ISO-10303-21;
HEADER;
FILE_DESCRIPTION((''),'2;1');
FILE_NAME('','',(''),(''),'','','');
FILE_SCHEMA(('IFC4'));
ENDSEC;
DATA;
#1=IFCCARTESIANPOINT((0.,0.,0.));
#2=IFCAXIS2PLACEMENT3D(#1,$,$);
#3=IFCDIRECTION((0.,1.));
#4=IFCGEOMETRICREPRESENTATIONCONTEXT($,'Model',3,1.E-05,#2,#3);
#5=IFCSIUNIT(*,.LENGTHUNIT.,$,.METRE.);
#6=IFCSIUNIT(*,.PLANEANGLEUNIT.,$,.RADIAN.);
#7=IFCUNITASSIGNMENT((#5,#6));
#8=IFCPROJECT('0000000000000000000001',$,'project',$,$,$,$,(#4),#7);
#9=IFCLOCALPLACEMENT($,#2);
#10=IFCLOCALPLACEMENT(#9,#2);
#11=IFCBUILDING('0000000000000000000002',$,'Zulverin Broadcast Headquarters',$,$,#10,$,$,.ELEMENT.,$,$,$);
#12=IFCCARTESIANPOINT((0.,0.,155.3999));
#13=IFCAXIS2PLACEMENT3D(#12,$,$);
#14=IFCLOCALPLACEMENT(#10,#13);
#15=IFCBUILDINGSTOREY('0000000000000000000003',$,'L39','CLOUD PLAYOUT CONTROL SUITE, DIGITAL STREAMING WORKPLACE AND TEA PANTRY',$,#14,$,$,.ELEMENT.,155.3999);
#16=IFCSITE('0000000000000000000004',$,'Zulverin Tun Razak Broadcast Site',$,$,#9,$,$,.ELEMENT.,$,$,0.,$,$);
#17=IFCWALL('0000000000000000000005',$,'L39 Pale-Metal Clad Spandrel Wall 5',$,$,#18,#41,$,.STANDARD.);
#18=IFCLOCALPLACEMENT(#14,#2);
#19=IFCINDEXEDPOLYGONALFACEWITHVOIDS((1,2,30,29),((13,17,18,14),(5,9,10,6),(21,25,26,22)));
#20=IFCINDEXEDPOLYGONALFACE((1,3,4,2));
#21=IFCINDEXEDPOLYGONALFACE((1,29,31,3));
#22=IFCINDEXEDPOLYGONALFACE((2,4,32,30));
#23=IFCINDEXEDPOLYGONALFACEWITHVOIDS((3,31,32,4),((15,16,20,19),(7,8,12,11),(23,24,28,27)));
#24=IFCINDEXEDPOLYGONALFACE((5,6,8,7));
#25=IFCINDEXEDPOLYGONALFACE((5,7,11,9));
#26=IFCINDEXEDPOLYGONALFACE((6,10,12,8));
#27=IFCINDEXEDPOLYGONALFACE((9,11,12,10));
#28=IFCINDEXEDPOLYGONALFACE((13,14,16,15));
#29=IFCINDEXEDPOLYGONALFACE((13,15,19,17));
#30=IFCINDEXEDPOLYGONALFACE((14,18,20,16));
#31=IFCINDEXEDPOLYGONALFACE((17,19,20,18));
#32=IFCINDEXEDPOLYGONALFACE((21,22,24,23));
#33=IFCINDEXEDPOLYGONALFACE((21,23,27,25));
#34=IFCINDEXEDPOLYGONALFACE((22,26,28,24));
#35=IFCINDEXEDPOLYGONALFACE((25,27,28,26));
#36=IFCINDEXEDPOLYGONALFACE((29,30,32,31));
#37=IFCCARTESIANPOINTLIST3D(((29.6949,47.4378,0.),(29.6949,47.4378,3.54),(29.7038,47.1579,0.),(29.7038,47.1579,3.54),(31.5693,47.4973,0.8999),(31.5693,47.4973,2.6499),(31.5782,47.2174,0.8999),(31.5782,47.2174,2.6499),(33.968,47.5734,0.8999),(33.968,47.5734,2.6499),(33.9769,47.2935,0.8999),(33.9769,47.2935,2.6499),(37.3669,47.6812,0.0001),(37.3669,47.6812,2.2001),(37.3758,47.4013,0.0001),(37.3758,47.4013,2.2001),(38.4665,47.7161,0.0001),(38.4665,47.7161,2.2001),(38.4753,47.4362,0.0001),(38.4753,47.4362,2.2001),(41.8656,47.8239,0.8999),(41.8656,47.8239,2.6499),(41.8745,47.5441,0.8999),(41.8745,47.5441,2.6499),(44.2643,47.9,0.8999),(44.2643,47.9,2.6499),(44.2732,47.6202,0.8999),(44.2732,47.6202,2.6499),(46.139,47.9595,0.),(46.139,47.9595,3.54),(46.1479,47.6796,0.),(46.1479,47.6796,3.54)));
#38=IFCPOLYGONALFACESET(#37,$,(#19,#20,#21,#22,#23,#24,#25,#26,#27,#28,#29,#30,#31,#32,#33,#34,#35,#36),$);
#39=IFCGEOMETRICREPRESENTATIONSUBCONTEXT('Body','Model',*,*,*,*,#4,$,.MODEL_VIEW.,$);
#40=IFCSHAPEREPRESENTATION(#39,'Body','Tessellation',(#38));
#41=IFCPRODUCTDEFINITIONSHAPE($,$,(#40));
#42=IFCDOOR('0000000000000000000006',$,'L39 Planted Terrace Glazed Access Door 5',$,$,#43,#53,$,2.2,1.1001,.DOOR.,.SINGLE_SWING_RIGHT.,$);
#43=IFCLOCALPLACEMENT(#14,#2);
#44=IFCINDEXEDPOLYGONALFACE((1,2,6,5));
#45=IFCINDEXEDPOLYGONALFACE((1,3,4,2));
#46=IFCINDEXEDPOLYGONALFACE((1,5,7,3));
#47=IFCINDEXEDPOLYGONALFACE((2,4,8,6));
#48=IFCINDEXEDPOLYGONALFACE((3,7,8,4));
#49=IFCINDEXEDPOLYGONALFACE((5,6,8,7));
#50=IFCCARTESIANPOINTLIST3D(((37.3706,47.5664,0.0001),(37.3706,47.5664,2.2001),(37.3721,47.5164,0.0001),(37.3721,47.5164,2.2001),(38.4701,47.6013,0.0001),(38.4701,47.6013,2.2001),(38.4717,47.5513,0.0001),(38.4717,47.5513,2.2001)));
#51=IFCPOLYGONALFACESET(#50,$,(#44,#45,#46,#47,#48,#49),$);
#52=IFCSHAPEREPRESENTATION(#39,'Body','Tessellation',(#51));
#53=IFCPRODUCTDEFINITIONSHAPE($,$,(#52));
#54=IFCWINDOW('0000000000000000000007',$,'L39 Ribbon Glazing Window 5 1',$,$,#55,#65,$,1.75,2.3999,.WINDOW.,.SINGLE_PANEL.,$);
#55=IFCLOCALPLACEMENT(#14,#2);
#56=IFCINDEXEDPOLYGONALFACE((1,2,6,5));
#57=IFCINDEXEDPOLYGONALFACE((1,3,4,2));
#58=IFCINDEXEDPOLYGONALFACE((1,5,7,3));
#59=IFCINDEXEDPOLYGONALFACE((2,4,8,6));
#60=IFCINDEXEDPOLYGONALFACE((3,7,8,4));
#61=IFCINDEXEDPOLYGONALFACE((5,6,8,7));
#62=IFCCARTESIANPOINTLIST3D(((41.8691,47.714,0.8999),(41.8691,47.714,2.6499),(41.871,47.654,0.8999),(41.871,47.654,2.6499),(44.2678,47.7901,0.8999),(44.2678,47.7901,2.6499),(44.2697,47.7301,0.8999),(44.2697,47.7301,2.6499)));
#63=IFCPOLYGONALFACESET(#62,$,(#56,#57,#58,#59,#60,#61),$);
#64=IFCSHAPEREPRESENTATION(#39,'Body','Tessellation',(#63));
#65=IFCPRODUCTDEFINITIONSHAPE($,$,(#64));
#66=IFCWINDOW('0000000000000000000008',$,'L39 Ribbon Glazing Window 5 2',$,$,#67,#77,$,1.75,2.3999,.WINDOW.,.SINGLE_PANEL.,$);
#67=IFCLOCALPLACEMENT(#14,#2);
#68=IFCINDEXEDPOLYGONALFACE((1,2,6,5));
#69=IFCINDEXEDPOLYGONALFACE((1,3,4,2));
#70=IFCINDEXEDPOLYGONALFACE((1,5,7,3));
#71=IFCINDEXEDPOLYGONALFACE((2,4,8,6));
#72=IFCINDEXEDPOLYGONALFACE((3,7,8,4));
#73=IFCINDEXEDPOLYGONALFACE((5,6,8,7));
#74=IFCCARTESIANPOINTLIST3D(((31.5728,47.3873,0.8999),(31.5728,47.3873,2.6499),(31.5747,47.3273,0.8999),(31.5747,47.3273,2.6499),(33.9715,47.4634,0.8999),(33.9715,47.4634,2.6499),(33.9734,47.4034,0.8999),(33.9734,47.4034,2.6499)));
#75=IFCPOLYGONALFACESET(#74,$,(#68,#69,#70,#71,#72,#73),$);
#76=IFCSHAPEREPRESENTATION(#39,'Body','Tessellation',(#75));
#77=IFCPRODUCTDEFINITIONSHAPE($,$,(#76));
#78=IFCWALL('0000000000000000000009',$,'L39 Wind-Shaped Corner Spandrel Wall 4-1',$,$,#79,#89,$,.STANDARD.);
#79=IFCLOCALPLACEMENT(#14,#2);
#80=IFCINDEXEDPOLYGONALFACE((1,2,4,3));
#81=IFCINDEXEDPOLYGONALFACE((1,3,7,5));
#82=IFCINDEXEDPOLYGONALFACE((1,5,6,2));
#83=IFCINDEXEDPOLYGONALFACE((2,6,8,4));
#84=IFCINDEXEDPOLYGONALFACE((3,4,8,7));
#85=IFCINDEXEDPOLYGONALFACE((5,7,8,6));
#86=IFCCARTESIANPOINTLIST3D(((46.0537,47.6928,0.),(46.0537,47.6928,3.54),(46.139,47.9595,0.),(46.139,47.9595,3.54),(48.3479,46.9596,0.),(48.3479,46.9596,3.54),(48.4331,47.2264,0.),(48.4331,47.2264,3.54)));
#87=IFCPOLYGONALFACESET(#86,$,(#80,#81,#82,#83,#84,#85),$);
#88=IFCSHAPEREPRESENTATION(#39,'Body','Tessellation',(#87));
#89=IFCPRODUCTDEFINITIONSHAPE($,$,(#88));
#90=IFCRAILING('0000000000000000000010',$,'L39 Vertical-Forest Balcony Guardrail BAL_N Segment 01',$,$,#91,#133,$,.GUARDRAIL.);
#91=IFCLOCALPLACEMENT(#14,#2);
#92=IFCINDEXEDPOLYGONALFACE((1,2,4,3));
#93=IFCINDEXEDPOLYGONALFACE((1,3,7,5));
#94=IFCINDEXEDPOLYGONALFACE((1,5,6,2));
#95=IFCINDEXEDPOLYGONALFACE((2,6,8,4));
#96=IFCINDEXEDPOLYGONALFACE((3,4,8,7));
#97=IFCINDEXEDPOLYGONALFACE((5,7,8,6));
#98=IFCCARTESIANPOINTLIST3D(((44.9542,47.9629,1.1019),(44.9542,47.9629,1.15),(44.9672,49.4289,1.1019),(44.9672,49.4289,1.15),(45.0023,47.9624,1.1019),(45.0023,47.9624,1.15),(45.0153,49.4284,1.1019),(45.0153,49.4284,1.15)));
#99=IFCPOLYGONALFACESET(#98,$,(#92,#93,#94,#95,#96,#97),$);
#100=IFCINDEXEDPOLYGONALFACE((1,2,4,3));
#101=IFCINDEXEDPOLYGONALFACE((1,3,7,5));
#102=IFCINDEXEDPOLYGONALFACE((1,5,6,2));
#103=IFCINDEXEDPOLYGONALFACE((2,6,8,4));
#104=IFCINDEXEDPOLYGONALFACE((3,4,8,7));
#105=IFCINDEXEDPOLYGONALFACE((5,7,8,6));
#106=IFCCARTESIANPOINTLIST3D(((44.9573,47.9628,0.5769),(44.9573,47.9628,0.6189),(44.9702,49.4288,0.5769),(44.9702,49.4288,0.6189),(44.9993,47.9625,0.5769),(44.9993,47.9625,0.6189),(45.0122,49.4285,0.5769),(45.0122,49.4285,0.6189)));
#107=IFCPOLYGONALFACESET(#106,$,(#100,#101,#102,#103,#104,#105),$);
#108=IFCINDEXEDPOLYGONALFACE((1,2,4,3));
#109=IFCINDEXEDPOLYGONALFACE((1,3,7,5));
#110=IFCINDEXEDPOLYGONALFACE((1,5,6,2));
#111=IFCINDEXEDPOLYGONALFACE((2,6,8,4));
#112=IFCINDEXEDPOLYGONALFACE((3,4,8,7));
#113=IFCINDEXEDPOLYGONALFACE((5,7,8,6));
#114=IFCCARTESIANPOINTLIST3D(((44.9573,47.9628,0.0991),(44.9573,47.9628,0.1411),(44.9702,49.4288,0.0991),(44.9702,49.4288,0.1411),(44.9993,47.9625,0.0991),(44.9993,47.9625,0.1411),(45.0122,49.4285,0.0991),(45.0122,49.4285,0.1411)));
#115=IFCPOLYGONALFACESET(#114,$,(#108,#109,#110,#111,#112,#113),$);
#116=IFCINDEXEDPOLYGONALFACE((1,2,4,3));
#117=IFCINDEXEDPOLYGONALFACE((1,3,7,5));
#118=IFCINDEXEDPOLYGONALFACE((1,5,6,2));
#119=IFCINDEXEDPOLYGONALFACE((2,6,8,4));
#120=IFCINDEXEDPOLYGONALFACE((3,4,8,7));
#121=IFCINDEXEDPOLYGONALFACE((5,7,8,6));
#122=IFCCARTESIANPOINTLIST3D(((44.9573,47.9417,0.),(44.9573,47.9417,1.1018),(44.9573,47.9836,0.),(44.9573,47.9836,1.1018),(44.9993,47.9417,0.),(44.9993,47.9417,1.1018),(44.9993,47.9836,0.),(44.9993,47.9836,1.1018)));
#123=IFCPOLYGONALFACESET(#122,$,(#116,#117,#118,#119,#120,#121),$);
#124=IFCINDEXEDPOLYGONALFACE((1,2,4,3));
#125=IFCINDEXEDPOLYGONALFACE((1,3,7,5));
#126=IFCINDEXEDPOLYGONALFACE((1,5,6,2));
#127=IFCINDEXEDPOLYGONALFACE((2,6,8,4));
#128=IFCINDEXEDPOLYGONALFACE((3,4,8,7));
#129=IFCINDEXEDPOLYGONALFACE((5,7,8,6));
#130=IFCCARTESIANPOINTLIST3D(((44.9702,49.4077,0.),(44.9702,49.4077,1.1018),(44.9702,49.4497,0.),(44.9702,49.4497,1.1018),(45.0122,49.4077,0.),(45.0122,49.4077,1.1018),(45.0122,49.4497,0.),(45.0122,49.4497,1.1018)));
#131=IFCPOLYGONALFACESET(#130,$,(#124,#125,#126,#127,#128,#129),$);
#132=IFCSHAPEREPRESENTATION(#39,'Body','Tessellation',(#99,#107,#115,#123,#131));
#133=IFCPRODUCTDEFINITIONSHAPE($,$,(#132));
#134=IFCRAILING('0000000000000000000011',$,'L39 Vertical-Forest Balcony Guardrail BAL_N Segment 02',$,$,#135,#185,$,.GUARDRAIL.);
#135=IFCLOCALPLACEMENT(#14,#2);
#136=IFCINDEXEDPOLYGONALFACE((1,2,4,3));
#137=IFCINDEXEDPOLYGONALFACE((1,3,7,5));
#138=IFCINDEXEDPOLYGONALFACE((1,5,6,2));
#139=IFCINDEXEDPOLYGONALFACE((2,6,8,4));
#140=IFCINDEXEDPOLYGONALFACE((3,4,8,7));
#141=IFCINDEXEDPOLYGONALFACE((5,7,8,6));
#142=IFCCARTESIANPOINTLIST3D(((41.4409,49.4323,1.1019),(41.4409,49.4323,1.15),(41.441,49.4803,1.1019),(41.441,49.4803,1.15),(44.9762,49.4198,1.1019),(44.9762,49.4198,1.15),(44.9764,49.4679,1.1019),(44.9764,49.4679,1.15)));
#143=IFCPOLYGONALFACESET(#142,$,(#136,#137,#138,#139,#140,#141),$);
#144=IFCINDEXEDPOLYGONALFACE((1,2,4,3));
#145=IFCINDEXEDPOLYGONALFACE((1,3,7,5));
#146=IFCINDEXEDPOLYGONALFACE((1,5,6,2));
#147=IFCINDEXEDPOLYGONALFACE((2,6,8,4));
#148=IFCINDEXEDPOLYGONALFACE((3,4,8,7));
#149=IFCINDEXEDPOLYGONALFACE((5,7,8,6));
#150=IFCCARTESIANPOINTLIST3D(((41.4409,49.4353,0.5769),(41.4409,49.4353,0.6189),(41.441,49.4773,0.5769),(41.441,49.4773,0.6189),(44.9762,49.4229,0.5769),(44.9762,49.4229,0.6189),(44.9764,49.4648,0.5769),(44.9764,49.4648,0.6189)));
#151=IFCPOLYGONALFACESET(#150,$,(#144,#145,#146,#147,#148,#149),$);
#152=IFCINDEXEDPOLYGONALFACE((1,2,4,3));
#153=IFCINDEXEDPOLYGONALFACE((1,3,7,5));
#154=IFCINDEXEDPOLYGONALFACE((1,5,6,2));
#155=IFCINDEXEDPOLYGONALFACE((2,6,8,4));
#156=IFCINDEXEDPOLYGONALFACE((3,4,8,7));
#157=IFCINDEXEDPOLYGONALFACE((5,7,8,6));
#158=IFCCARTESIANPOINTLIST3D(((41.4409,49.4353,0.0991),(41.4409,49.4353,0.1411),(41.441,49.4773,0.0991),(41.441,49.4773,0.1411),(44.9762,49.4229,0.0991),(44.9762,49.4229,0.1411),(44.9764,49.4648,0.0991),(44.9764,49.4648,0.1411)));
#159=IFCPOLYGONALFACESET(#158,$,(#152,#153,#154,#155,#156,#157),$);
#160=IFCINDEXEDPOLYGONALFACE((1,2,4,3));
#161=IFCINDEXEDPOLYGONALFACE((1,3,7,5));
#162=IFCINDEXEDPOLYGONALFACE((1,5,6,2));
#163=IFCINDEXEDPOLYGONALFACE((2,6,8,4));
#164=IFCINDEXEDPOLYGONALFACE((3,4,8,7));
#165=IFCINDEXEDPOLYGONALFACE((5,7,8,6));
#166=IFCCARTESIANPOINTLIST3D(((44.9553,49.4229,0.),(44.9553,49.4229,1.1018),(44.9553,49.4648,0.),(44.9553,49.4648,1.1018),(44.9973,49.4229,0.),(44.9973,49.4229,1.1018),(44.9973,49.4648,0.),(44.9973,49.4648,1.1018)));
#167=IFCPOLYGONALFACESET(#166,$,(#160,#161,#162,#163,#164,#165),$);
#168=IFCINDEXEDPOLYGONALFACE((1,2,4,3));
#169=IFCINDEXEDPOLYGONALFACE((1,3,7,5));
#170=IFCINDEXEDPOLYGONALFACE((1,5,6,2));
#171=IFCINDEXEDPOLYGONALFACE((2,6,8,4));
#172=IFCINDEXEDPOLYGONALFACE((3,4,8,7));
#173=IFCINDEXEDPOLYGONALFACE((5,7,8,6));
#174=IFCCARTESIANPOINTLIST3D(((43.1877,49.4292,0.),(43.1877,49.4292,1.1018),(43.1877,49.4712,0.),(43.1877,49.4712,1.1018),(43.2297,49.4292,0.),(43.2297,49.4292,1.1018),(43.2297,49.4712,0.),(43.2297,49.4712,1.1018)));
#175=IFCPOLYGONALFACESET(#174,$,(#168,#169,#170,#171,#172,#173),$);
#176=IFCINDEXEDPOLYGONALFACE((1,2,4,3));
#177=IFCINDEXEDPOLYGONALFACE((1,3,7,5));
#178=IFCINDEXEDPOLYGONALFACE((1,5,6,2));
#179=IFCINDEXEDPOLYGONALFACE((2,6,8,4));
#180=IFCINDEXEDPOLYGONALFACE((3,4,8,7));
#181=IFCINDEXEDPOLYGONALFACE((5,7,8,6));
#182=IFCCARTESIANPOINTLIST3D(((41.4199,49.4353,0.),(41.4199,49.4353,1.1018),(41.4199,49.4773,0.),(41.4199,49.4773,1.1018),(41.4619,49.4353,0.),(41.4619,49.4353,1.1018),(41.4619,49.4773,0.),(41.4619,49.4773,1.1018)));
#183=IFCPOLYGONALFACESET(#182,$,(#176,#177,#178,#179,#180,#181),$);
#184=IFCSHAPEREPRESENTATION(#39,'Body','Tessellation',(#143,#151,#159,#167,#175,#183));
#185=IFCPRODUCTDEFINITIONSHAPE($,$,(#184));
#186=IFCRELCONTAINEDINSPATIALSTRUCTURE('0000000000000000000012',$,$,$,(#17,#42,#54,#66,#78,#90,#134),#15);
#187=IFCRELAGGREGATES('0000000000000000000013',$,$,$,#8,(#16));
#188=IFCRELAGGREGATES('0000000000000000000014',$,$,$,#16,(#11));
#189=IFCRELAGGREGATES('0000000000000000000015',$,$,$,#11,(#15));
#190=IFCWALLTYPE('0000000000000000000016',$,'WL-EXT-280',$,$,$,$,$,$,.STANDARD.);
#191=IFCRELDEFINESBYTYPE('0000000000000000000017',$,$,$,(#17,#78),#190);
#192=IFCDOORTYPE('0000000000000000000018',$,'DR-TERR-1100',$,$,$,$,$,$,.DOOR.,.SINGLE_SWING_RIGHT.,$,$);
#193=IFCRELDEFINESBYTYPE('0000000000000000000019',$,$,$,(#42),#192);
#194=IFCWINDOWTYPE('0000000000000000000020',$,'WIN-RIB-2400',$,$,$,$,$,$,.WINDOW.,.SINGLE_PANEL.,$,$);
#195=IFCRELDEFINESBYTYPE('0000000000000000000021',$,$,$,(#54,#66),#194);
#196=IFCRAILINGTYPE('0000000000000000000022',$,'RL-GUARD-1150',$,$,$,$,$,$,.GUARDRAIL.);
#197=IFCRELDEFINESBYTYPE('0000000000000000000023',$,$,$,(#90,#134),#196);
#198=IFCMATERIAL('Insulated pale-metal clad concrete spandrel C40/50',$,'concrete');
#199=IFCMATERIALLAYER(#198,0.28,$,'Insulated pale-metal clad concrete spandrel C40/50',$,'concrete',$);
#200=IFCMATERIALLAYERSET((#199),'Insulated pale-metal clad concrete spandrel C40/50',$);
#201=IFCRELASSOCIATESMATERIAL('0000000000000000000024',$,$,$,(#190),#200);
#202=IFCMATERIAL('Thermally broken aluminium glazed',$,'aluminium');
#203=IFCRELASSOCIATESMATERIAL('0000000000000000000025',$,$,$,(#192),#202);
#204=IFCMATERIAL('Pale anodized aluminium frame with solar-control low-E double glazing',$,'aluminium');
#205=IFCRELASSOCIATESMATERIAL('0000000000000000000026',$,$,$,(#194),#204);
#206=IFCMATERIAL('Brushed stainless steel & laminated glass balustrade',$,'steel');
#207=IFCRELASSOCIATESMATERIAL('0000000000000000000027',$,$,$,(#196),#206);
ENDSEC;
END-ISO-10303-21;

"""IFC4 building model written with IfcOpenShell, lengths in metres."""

from ifc_helpers import new_model, si_unit, direction, frame, frame_2d, origin, origin_2d, place, context, subcontext, project, spatial, rectangle, extrude, material, layer, layer_set, type_object, element, fill, save


model = new_model("IFC4")

# Units and contexts
model_context = context("Model", 3, precision=1e-05, world=origin(), true_north=direction((0.0, 1.0)))
body_context = subcontext(model_context, "Body", "Model", "MODEL_VIEW")
ifc_project = project(units=[si_unit("LENGTHUNIT", "METRE"), si_unit("PLANEANGLEUNIT", "RADIAN")], contexts=[model_context])

# Site, building, storey
site_placement = place(None, origin())
site = spatial("IfcSite", under=ifc_project, at=site_placement, Name="Zulverin Tun Razak Broadcast Site", CompositionType="ELEMENT", RefElevation=0.0)
building_placement = place(site_placement, origin())
building = spatial("IfcBuilding", under=site, at=building_placement, Name="Zulverin Broadcast Headquarters", CompositionType="ELEMENT")
storey_placement = place(building_placement, frame((0.0, 0.0, 155.3999)))
storey = spatial("IfcBuildingStorey", under=building, at=storey_placement, Name="L39", Description="CLOUD PLAYOUT CONTROL SUITE, DIGITAL STREAMING WORKPLACE AND TEA PANTRY", CompositionType="ELEMENT", Elevation=155.3999)

# Wall, openings, door, windows
ifc_material_1 = material(Name="Insulated pale-metal clad concrete spandrel C40/50", Category="concrete")
ifc_layer_1 = layer(ifc_material_1, 0.28, Name="Insulated pale-metal clad concrete spandrel C40/50", Category="concrete")
ifc_layer_set_1 = layer_set([ifc_layer_1], Name="Insulated pale-metal clad concrete spandrel C40/50")
wall_type = type_object("IfcWallType", Name="WL-EXT-280", PredefinedType="STANDARD", material=ifc_layer_set_1)
wall_1_placement = place(storey_placement, frame((46.1433, 47.8196, 0.0), z_axis=(0.0, 0.0, 1.0), x_axis=(-0.999497, -0.031711, 0.0)))
wall_1 = element("IfcWall", 1, at=wall_1_placement, inside=storey, type_object=wall_type, Name="L39 Pale-Metal Clad Spandrel Wall 5", PredefinedType="STANDARD", context=body_context, shape_type="SweptSolid", body=[
    extrude(rectangle(XDim=16.4524, YDim=0.28, at=frame_2d((8.2261, 0.0))), origin(), (0.0, 0.0, 1.0), 3.54),
])
opening_1_placement = place(wall_1_placement, frame((7.6763, 0.0, 0.0)))
opening_1 = element("IfcOpeningElement", 2, at=opening_1_placement, cuts=wall_1, PredefinedType="OPENING", context=body_context, shape_type="SweptSolid", body=[
    extrude(rectangle(XDim=1.1001, YDim=2.2, at=frame_2d((0.55, 1.1001))), frame((0.0, 0.1499, 0.0), z_axis=(0.0, -1.0, 0.0), x_axis=(1.0, 0.0, 0.0)), (0.0, 0.0, 1.0), 0.3),
])
opening_2_placement = place(wall_1_placement, frame((1.8755, 0.0, 0.8999)))
opening_2 = element("IfcOpeningElement", 3, at=opening_2_placement, cuts=wall_1, PredefinedType="OPENING", context=body_context, shape_type="SweptSolid", body=[
    extrude(rectangle(XDim=2.3999, YDim=1.75, at=frame_2d((1.2, 0.875))), frame((0.0, 0.1499, 0.0), z_axis=(0.0, -1.0, 0.0), x_axis=(1.0, 0.0, 0.0)), (0.0, 0.0, 1.0), 0.3),
])
opening_3_placement = place(wall_1_placement, frame((12.177, 0.0, 0.8999)))
opening_3 = element("IfcOpeningElement", 4, at=opening_3_placement, cuts=wall_1, PredefinedType="OPENING", context=body_context, shape_type="SweptSolid", body=[
    extrude(rectangle(XDim=2.3999, YDim=1.75, at=frame_2d((1.2, 0.875))), frame((0.0, 0.1499, 0.0), z_axis=(0.0, -1.0, 0.0), x_axis=(1.0, 0.0, 0.0)), (0.0, 0.0, 1.0), 0.3),
])
ifc_material_2 = material(Name="Thermally broken aluminium glazed", Category="aluminium")
door_type = type_object("IfcDoorType", Name="DR-TERR-1100", OperationType="SINGLE_SWING_RIGHT", PredefinedType="DOOR", material=ifc_material_2)
door_placement = place(opening_1_placement, origin())
door = element("IfcDoor", 5, at=door_placement, inside=storey, type_object=door_type, Name="L39 Planted Terrace Glazed Access Door 5", OperationType="SINGLE_SWING_RIGHT", OverallHeight=2.2, OverallWidth=1.1001, PredefinedType="DOOR", context=body_context, shape_type="SweptSolid", body=[
    extrude(rectangle(XDim=1.1001, YDim=2.2, at=frame_2d((0.55, 1.1001))), frame((0.0, 0.0249, 0.0), z_axis=(0.0, -1.0, 0.0), x_axis=(1.0, 0.0, 0.0)), (0.0, 0.0, 1.0), 0.05),
])
fill(opening_1, door)
ifc_material_3 = material(Name="Pale anodized aluminium frame with solar-control low-E double glazing", Category="aluminium")
window_type = type_object("IfcWindowType", Name="WIN-RIB-2400", PartitioningType="SINGLE_PANEL", PredefinedType="WINDOW", material=ifc_material_3)
window_1_placement = place(opening_2_placement, origin())
window_1 = element("IfcWindow", 6, at=window_1_placement, inside=storey, type_object=window_type, Name="L39 Ribbon Glazing Window 5 1", OverallHeight=1.75, OverallWidth=2.3999, PartitioningType="SINGLE_PANEL", PredefinedType="WINDOW", context=body_context, shape_type="SweptSolid", body=[
    extrude(rectangle(XDim=2.3999, YDim=1.75, at=frame_2d((1.2, 0.875))), frame((0.0, 0.03, 0.0), z_axis=(0.0, -1.0, 0.0), x_axis=(1.0, 0.0, 0.0)), (0.0, 0.0, 1.0), 0.0601),
])
fill(opening_2, window_1)
window_2_placement = place(opening_3_placement, origin())
window_2 = element("IfcWindow", 7, at=window_2_placement, inside=storey, type_object=window_type, Name="L39 Ribbon Glazing Window 5 2", OverallHeight=1.75, OverallWidth=2.3999, PartitioningType="SINGLE_PANEL", PredefinedType="WINDOW", context=body_context, shape_type="SweptSolid", body=[
    extrude(rectangle(XDim=2.3999, YDim=1.75, at=frame_2d((1.2, 0.875))), frame((0.0, 0.03, 0.0), z_axis=(0.0, -1.0, 0.0), x_axis=(1.0, 0.0, 0.0)), (0.0, 0.0, 1.0), 0.0601),
])
fill(opening_3, window_2)

# Wall
wall_2_placement = place(storey_placement, frame((48.3904, 47.093, 0.0), z_axis=(0.0, 0.0, 1.0), x_axis=(-0.952543, 0.304404, 0.0)))
element("IfcWall", 8, at=wall_2_placement, inside=storey, type_object=wall_type, Name="L39 Wind-Shaped Corner Spandrel Wall 4-1", PredefinedType="STANDARD", context=body_context, shape_type="SweptSolid", body=[
    extrude(rectangle(XDim=2.4084, YDim=0.28, at=frame_2d((1.2041, 0.0))), origin(), (0.0, 0.0, 1.0), 3.54),
])

# Railings
ifc_material_4 = material(Name="Brushed stainless steel & laminated glass balustrade", Category="steel")
railing_type = type_object("IfcRailingType", Name="RL-GUARD-1150", PredefinedType="GUARDRAIL", material=ifc_material_4)
railing_1_placement = place(storey_placement, frame((44.9783, 47.9626, 0.0)))
element("IfcRailing", 9, at=railing_1_placement, inside=storey, type_object=railing_type, Name="L39 Vertical-Forest Balcony Guardrail BAL_N Segment 01", PredefinedType="GUARDRAIL", context=body_context, shape_type="SweptSolid", body=[
    extrude(rectangle(XDim=0.0481, YDim=0.0481, at=origin_2d()), frame((0.0, 0.0, 1.126), z_axis=(0.008826, 0.999961, 0.0), x_axis=(-0.999961, 0.008826, 0.0)), (0.0, 0.0, 1.0), 1.4661),
    extrude(rectangle(XDim=0.042, YDim=0.042, at=origin_2d()), frame((0.0, 0.0, 0.5979), z_axis=(0.008826, 0.999961, 0.0), x_axis=(-0.999961, 0.008826, 0.0)), (0.0, 0.0, 1.0), 1.4661),
    extrude(rectangle(XDim=0.042, YDim=0.042, at=origin_2d()), frame((0.0, 0.0, 0.1201), z_axis=(0.008826, 0.999961, 0.0), x_axis=(-0.999961, 0.008826, 0.0)), (0.0, 0.0, 1.0), 1.4661),
    extrude(rectangle(XDim=0.042, YDim=0.042, at=origin_2d()), origin(), (0.0, 0.0, 1.0), 1.1018),
    extrude(rectangle(XDim=0.042, YDim=0.042, at=origin_2d()), frame((0.0129, 1.4661, 0.0)), (0.0, 0.0, 1.0), 1.1018),
])
railing_2_placement = place(storey_placement, frame((44.9763, 49.4438, 0.0)))
element("IfcRailing", 10, at=railing_2_placement, inside=storey, type_object=railing_type, Name="L39 Vertical-Forest Balcony Guardrail BAL_N Segment 02", PredefinedType="GUARDRAIL", context=body_context, shape_type="SweptSolid", body=[
    extrude(rectangle(XDim=0.0481, YDim=0.0481, at=origin_2d()), frame((0.0, 0.0, 1.126), z_axis=(-0.999994, 0.003522, 0.0), x_axis=(-0.003522, -0.999994, 0.0)), (0.0, 0.0, 1.0), 3.5354),
    extrude(rectangle(XDim=0.042, YDim=0.042, at=origin_2d()), frame((0.0, 0.0, 0.5979), z_axis=(-0.999994, 0.003522, 0.0), x_axis=(-0.003522, -0.999994, 0.0)), (0.0, 0.0, 1.0), 3.5354),
    extrude(rectangle(XDim=0.042, YDim=0.042, at=origin_2d()), frame((0.0, 0.0, 0.1201), z_axis=(-0.999994, 0.003522, 0.0), x_axis=(-0.003522, -0.999994, 0.0)), (0.0, 0.0, 1.0), 3.5354),
    extrude(rectangle(XDim=0.042, YDim=0.042, at=origin_2d()), origin(), (0.0, 0.0, 1.0), 1.1018),
    extrude(rectangle(XDim=0.042, YDim=0.042, at=origin_2d()), frame((-1.7676, 0.0063, 0.0)), (0.0, 0.0, 1.0), 1.1018),
    extrude(rectangle(XDim=0.042, YDim=0.042, at=origin_2d()), frame((-3.5354, 0.0125, 0.0)), (0.0, 0.0, 1.0), 1.1018),
])

save(model, "model.ifc")
